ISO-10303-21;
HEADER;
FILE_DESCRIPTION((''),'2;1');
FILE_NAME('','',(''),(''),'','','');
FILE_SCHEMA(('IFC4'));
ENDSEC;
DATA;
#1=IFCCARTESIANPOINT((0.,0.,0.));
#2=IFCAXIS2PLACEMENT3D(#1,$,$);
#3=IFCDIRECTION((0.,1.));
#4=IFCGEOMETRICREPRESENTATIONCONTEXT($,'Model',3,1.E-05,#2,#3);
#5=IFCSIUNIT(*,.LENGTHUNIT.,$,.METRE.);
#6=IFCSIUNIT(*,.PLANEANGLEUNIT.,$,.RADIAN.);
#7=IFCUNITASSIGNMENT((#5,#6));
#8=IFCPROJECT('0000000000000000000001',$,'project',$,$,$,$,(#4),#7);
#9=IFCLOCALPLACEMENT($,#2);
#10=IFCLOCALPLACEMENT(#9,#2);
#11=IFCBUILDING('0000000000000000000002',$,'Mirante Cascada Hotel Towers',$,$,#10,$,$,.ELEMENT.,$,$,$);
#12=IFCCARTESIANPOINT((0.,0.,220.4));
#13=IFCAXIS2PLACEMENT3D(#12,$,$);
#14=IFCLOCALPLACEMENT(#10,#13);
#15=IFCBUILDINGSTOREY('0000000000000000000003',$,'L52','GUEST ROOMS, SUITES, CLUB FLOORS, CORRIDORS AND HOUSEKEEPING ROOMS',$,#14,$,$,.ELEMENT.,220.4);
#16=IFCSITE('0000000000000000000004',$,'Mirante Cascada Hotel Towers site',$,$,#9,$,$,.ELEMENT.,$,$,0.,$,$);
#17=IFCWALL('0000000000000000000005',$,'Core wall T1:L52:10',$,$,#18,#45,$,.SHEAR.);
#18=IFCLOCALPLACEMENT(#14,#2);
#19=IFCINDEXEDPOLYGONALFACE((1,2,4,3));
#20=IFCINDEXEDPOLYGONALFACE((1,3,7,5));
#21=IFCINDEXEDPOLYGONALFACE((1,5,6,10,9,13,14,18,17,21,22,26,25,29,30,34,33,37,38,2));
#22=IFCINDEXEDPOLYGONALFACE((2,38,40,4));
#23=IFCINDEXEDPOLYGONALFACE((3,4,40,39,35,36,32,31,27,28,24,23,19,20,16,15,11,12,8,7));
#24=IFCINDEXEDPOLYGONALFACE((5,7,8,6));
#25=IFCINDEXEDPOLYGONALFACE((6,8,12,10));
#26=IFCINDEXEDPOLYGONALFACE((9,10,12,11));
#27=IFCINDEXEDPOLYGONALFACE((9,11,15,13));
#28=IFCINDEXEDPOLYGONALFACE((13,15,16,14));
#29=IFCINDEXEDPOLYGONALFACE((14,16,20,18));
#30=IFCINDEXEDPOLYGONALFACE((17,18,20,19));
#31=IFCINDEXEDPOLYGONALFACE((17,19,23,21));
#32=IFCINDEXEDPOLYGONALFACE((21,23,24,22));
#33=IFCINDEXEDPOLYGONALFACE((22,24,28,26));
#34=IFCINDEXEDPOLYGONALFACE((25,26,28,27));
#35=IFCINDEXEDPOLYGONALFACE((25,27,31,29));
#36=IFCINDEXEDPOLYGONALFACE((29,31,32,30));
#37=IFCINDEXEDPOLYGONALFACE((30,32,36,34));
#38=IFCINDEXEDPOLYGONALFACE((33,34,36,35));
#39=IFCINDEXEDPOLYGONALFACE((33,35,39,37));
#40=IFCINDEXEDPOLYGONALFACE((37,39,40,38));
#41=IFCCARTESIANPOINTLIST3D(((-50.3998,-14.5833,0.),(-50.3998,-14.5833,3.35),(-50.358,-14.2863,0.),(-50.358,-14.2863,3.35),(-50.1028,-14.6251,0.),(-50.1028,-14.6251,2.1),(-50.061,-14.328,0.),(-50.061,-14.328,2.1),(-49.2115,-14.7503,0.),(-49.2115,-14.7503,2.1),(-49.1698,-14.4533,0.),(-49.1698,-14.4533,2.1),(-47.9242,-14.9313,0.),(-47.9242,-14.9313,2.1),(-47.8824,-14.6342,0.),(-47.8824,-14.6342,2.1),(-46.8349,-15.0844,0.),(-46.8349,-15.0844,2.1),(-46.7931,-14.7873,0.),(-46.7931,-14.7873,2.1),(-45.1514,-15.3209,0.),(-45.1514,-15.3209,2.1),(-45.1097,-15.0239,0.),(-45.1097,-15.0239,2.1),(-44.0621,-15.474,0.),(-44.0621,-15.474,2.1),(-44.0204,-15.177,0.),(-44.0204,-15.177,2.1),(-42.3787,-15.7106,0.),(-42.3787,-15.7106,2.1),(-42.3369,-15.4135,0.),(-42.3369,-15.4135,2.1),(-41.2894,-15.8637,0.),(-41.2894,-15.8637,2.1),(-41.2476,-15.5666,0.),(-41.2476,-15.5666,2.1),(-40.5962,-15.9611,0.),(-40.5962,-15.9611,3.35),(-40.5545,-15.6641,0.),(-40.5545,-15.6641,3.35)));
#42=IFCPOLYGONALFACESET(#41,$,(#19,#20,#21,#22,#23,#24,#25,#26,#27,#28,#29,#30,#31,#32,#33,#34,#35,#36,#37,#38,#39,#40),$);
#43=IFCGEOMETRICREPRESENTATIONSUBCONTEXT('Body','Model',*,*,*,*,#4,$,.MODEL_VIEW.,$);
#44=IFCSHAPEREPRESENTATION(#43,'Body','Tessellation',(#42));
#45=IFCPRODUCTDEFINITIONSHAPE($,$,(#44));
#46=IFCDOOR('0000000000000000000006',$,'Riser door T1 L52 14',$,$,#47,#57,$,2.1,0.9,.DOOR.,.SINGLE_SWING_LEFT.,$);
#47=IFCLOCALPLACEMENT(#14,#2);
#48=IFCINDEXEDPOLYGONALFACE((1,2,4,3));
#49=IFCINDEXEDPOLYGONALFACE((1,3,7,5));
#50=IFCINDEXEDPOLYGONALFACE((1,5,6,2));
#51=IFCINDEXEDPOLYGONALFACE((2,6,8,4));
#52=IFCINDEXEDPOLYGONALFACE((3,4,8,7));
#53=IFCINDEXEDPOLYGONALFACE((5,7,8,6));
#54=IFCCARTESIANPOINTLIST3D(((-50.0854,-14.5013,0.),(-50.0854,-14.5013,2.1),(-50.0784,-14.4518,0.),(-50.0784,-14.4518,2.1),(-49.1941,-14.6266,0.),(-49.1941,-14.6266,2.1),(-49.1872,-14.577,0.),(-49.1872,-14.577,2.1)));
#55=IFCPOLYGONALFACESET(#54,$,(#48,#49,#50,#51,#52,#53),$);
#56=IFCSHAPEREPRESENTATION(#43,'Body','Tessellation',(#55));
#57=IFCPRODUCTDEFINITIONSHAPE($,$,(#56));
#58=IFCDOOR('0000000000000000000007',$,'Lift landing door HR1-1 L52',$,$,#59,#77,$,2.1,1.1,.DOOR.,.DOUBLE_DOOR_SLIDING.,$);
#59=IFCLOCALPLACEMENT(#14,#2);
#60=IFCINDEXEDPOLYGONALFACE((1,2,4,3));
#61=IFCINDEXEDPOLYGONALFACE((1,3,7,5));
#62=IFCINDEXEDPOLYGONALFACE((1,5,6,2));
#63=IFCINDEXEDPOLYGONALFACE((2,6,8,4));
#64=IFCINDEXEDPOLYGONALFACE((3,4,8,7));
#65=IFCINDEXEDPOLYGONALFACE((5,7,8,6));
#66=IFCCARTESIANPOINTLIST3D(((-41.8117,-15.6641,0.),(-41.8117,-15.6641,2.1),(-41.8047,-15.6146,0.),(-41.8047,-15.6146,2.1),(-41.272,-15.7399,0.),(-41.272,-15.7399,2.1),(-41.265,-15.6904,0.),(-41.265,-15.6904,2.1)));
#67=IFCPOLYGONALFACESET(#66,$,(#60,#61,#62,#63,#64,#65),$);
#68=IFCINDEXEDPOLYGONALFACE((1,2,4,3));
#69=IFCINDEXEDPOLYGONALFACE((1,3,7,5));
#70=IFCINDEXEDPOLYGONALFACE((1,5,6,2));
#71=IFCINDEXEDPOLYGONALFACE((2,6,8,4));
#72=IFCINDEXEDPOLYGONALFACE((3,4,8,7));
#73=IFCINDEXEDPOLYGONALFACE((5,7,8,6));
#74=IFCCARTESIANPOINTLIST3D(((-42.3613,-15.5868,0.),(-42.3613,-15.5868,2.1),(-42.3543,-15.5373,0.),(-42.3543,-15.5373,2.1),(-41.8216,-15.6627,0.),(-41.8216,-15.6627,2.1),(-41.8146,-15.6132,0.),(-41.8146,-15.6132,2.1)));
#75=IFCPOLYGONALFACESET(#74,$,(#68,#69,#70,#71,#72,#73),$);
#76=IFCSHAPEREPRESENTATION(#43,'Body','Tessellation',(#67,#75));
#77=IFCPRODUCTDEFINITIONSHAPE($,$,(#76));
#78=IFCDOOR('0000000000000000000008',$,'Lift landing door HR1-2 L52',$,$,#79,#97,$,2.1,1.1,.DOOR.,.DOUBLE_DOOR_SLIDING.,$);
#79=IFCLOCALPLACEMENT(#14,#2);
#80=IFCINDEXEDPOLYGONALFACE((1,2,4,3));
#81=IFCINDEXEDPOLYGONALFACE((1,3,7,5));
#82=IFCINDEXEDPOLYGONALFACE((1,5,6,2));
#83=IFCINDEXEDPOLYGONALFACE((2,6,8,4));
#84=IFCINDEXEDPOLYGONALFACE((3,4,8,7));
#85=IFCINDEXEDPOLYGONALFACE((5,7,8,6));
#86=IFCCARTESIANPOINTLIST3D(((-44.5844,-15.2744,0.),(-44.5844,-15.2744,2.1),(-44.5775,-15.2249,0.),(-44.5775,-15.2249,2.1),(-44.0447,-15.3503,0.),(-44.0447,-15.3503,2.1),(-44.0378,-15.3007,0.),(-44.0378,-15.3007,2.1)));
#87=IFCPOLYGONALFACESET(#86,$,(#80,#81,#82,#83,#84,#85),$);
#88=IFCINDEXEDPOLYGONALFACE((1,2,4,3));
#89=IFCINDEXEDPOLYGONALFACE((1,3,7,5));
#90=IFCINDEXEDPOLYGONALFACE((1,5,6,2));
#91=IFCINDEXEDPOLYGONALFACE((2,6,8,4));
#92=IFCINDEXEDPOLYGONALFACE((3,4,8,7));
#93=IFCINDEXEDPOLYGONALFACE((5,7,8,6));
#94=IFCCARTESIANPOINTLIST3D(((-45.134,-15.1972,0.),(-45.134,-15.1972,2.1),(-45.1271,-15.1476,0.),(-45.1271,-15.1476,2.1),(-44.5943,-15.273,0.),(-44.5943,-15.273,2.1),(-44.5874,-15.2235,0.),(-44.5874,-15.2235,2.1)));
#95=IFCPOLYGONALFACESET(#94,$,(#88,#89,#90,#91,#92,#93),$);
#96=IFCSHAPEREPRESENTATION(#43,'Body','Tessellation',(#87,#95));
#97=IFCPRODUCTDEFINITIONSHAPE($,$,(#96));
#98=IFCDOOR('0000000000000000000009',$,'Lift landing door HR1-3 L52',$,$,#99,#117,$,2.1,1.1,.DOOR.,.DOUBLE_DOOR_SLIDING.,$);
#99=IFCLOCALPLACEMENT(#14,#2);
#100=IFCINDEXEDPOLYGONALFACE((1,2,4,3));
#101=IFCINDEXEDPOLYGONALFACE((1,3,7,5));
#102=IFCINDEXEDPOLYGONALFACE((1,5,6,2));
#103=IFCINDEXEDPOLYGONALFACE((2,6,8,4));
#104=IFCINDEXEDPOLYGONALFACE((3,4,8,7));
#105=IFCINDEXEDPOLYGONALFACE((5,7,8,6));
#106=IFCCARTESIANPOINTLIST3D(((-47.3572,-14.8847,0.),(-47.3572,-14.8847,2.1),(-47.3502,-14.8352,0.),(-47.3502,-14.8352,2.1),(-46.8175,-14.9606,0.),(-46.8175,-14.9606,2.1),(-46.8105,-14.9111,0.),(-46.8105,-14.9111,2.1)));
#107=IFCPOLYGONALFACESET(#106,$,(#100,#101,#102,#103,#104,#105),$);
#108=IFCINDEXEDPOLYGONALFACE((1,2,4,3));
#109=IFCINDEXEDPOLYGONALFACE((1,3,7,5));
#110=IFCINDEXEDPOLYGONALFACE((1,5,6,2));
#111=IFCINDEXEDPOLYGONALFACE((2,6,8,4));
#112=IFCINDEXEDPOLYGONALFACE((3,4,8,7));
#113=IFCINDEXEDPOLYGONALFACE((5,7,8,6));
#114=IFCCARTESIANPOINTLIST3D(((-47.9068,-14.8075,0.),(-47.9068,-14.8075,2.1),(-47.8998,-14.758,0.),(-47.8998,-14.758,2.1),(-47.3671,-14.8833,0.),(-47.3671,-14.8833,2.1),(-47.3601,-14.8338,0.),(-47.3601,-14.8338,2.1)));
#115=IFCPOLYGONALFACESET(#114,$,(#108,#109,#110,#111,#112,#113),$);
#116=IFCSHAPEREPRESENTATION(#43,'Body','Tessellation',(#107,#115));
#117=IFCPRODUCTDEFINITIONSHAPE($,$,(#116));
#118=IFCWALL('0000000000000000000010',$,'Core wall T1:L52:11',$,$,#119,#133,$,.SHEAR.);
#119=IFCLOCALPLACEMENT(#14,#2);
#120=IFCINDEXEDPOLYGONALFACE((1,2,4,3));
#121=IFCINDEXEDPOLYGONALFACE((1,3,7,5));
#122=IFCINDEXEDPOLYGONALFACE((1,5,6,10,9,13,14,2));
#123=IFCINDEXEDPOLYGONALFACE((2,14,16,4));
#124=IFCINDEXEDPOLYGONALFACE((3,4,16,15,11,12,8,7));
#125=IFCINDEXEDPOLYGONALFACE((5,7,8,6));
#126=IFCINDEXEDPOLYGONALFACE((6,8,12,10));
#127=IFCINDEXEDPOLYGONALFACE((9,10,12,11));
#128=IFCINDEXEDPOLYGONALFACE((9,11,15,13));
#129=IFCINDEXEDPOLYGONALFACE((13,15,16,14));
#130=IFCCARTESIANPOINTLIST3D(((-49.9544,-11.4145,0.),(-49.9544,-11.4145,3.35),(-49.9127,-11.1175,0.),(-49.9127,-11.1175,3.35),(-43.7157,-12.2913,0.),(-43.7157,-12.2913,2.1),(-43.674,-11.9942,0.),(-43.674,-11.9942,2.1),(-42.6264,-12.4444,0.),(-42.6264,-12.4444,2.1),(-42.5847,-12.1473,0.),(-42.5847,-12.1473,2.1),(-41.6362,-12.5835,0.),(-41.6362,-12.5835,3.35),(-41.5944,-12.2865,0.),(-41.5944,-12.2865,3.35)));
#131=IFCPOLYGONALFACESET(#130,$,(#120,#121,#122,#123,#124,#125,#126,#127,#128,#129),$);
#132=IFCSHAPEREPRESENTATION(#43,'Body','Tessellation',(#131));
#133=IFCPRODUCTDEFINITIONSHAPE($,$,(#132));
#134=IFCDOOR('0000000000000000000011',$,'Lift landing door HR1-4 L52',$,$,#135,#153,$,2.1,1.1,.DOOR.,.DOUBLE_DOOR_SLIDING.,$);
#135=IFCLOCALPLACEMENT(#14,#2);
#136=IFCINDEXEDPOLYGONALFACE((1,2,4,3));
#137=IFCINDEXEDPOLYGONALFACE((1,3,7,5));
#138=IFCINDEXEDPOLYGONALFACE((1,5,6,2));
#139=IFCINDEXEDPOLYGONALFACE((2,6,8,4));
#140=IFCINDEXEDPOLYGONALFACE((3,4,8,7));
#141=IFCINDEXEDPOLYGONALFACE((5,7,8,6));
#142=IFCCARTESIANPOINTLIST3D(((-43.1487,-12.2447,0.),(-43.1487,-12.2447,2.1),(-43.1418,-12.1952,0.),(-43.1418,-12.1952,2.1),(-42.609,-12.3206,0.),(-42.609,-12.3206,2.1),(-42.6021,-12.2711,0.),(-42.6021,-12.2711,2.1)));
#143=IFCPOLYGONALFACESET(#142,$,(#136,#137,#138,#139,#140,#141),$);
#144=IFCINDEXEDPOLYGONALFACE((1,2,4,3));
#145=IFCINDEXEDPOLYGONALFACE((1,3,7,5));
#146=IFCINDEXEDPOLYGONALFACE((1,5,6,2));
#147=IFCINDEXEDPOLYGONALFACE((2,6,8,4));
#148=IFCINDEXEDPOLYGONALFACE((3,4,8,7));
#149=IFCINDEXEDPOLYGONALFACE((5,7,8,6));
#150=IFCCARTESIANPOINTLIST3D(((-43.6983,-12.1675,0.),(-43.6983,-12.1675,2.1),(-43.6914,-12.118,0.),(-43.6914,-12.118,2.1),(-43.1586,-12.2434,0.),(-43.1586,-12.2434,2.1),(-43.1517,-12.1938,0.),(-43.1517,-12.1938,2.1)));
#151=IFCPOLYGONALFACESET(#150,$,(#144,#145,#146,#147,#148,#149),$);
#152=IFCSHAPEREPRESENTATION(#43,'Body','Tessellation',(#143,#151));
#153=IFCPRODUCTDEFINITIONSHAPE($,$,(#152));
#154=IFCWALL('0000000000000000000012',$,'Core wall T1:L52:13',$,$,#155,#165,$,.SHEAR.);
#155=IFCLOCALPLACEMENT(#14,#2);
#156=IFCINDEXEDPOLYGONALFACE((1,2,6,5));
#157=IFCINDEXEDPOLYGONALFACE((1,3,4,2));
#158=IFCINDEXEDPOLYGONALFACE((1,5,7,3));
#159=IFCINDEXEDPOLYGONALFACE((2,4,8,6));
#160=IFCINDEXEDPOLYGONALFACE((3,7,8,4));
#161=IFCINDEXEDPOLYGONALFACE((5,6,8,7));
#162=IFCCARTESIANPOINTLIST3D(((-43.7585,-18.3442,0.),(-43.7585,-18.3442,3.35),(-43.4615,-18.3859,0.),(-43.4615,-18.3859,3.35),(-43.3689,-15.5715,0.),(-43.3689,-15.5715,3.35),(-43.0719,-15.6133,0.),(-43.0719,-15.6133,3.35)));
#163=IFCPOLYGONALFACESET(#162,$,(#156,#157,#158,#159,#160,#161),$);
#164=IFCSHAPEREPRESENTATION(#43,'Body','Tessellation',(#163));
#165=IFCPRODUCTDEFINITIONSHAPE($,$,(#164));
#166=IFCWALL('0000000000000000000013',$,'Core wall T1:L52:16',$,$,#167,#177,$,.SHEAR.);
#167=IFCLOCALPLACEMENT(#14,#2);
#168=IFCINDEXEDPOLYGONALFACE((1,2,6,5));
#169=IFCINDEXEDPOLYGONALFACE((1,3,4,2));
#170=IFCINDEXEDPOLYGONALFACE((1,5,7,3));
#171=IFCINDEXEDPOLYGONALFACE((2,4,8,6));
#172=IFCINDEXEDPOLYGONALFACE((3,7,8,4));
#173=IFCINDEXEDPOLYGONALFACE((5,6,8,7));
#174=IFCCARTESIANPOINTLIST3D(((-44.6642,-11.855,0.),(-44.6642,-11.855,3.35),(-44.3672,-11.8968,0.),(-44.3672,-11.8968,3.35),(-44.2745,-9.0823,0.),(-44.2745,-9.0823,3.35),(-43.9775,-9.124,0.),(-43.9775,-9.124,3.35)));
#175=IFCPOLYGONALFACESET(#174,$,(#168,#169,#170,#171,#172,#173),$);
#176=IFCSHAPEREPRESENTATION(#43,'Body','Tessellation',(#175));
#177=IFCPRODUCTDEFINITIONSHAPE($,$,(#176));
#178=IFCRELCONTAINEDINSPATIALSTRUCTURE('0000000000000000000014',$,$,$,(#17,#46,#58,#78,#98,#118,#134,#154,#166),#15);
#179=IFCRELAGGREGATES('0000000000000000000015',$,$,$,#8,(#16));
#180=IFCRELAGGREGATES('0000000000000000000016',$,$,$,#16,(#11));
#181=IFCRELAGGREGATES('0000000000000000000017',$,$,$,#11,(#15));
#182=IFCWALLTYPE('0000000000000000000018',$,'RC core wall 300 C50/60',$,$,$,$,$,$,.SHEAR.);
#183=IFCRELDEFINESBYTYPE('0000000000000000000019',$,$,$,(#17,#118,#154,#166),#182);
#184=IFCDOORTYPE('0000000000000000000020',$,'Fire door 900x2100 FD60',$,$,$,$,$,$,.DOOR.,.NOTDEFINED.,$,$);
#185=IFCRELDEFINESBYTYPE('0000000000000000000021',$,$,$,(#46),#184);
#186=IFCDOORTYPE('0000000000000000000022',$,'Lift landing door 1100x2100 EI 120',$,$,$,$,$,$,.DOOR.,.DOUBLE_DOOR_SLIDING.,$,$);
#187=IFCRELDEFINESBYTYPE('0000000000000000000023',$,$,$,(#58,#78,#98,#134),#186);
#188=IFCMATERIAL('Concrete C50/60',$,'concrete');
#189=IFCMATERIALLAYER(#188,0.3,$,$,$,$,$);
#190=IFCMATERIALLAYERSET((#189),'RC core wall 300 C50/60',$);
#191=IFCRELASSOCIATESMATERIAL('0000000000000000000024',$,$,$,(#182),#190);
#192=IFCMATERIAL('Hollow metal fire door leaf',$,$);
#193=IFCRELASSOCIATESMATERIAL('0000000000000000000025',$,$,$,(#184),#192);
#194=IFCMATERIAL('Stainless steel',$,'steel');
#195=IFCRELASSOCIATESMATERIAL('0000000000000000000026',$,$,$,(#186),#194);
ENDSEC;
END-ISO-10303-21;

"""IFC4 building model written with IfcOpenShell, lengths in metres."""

from ifc_helpers import new_model, si_unit, direction, frame, frame_2d, origin, place, context, subcontext, project, spatial, rectangle, extrude, material, layer, layer_set, type_object, element, fill, save


model = new_model("IFC4")

# Units and contexts
model_context = context("Model", 3, precision=1e-05, world=origin(), true_north=direction((0.0, 1.0)))
body_context = subcontext(model_context, "Body", "Model", "MODEL_VIEW")
ifc_project = project(units=[si_unit("LENGTHUNIT", "METRE"), si_unit("PLANEANGLEUNIT", "RADIAN")], contexts=[model_context])

# Site, building, storey
site_placement = place(None, origin())
site = spatial("IfcSite", under=ifc_project, at=site_placement, Name="Mirante Cascada Hotel Towers site", CompositionType="ELEMENT", RefElevation=0.0)
building_placement = place(site_placement, origin())
building = spatial("IfcBuilding", under=site, at=building_placement, Name="Mirante Cascada Hotel Towers", CompositionType="ELEMENT")
storey_placement = place(building_placement, frame((0.0, 0.0, 220.4)))
storey = spatial("IfcBuildingStorey", under=building, at=storey_placement, Name="L52", Description="GUEST ROOMS, SUITES, CLUB FLOORS, CORRIDORS AND HOUSEKEEPING ROOMS", CompositionType="ELEMENT", Elevation=220.4)

# Shared definitions
ifc_material_1 = material(Name="Concrete C50/60", Category="concrete")
ifc_layer_1 = layer(ifc_material_1, 0.3)
ifc_layer_set_1 = layer_set([ifc_layer_1], Name="RC core wall 300 C50/60")
wall_type_1 = type_object("IfcWallType", Name="RC core wall 300 C50/60", PredefinedType="SHEAR", material=ifc_layer_set_1)

# Wall, openings, doors
wall_1_placement = place(storey_placement, frame((-40.5753, -15.8126, 0.0), z_axis=(0.0, 0.0, 1.0), x_axis=(-0.990268, 0.139173, 0.0)))
wall_1 = element("IfcWall", 1, at=wall_1_placement, inside=storey, type_object=wall_type_1, Name="Core wall T1:L52:10", PredefinedType="SHEAR", context=body_context, shape_type="SweptSolid", body=[
    extrude(rectangle(XDim=9.8999, YDim=0.3, at=frame_2d((4.95, 0.0))), origin(), (0.0, 0.0, 1.0), 3.35),
])
opening_1_placement = place(wall_1_placement, frame((0.7, 0.0, 0.0)))
opening_1 = element("IfcOpeningElement", 2, at=opening_1_placement, cuts=wall_1, PredefinedType="OPENING", context=body_context, shape_type="SweptSolid", body=[
    extrude(rectangle(XDim=1.1, YDim=2.1, at=frame_2d((0.55, 1.05))), frame((0.0, 0.15, 0.0), z_axis=(0.0, -1.0, 0.0), x_axis=(1.0, 0.0, 0.0)), (0.0, 0.0, 1.0), 0.3),
])
opening_2_placement = place(wall_1_placement, frame((3.5, 0.0, 0.0)))
opening_2 = element("IfcOpeningElement", 3, at=opening_2_placement, cuts=wall_1, PredefinedType="OPENING", context=body_context, shape_type="SweptSolid", body=[
    extrude(rectangle(XDim=1.1, YDim=2.1, at=frame_2d((0.55, 1.05))), frame((0.0, 0.15, 0.0), z_axis=(0.0, -1.0, 0.0), x_axis=(1.0, 0.0, 0.0)), (0.0, 0.0, 1.0), 0.3),
])
opening_3_placement = place(wall_1_placement, frame((6.3, 0.0, 0.0)))
opening_3 = element("IfcOpeningElement", 4, at=opening_3_placement, cuts=wall_1, PredefinedType="OPENING", context=body_context, shape_type="SweptSolid", body=[
    extrude(rectangle(XDim=1.1, YDim=2.1, at=frame_2d((0.55, 1.05))), frame((0.0, 0.15, 0.0), z_axis=(0.0, -1.0, 0.0), x_axis=(1.0, 0.0, 0.0)), (0.0, 0.0, 1.0), 0.3),
])
opening_4_placement = place(wall_1_placement, frame((8.7, 0.0, 0.0)))
opening_4 = element("IfcOpeningElement", 5, at=opening_4_placement, cuts=wall_1, PredefinedType="OPENING", context=body_context, shape_type="SweptSolid", body=[
    extrude(rectangle(XDim=0.9, YDim=2.1, at=frame_2d((0.45, 1.05))), frame((0.0, 0.15, 0.0), z_axis=(0.0, -1.0, 0.0), x_axis=(1.0, 0.0, 0.0)), (0.0, 0.0, 1.0), 0.3),
])
ifc_material_2 = material(Name="Hollow metal fire door leaf")
door_type_1 = type_object("IfcDoorType", Name="Fire door 900x2100 FD60", OperationType="NOTDEFINED", PredefinedType="DOOR", material=ifc_material_2)
door_1_placement = place(opening_4_placement, origin())
door_1 = element("IfcDoor", 6, at=door_1_placement, inside=storey, type_object=door_type_1, Name="Riser door T1 L52 14", OperationType="SINGLE_SWING_LEFT", OverallHeight=2.1, OverallWidth=0.9, PredefinedType="DOOR", context=body_context, shape_type="SweptSolid", body=[
    extrude(rectangle(XDim=0.9, YDim=2.1, at=frame_2d((0.45, 1.05))), frame((0.0, 0.025, 0.0), z_axis=(0.0, -1.0, 0.0), x_axis=(1.0, 0.0, 0.0)), (0.0, 0.0, 1.0), 0.05),
])
fill(opening_4, door_1)
ifc_material_3 = material(Name="Stainless steel", Category="steel")
door_type_2 = type_object("IfcDoorType", Name="Lift landing door 1100x2100 EI 120", OperationType="DOUBLE_DOOR_SLIDING", PredefinedType="DOOR", material=ifc_material_3)
door_2_placement = place(opening_1_placement, origin())
door_2 = element("IfcDoor", 7, at=door_2_placement, inside=storey, type_object=door_type_2, Name="Lift landing door HR1-1 L52", OperationType="DOUBLE_DOOR_SLIDING", OverallHeight=2.1, OverallWidth=1.1, PredefinedType="DOOR", context=body_context, shape_type="SweptSolid", body=[
    extrude(rectangle(XDim=0.545, YDim=2.1, at=frame_2d((0.2725, 1.05))), frame((0.0, 0.025, 0.0), z_axis=(0.0, -1.0, 0.0), x_axis=(1.0, 0.0, 0.0)), (0.0, 0.0, 1.0), 0.05),
    extrude(rectangle(XDim=0.545, YDim=2.1, at=frame_2d((0.8275, 1.05))), frame((0.0, 0.025, 0.0), z_axis=(0.0, -1.0, 0.0), x_axis=(1.0, 0.0, 0.0)), (0.0, 0.0, 1.0), 0.05),
])
fill(opening_1, door_2)
door_3_placement = place(opening_2_placement, origin())
door_3 = element("IfcDoor", 8, at=door_3_placement, inside=storey, type_object=door_type_2, Name="Lift landing door HR1-2 L52", OperationType="DOUBLE_DOOR_SLIDING", OverallHeight=2.1, OverallWidth=1.1, PredefinedType="DOOR", context=body_context, shape_type="SweptSolid", body=[
    extrude(rectangle(XDim=0.545, YDim=2.1, at=frame_2d((0.2725, 1.05))), frame((0.0, 0.025, 0.0), z_axis=(0.0, -1.0, 0.0), x_axis=(1.0, 0.0, 0.0)), (0.0, 0.0, 1.0), 0.05),
    extrude(rectangle(XDim=0.545, YDim=2.1, at=frame_2d((0.8275, 1.05))), frame((0.0, 0.025, 0.0), z_axis=(0.0, -1.0, 0.0), x_axis=(1.0, 0.0, 0.0)), (0.0, 0.0, 1.0), 0.05),
])
fill(opening_2, door_3)
door_4_placement = place(opening_3_placement, origin())
door_4 = element("IfcDoor", 9, at=door_4_placement, inside=storey, type_object=door_type_2, Name="Lift landing door HR1-3 L52", OperationType="DOUBLE_DOOR_SLIDING", OverallHeight=2.1, OverallWidth=1.1, PredefinedType="DOOR", context=body_context, shape_type="SweptSolid", body=[
    extrude(rectangle(XDim=0.545, YDim=2.1, at=frame_2d((0.2725, 1.05))), frame((0.0, 0.025, 0.0), z_axis=(0.0, -1.0, 0.0), x_axis=(1.0, 0.0, 0.0)), (0.0, 0.0, 1.0), 0.05),
    extrude(rectangle(XDim=0.545, YDim=2.1, at=frame_2d((0.8275, 1.05))), frame((0.0, 0.025, 0.0), z_axis=(0.0, -1.0, 0.0), x_axis=(1.0, 0.0, 0.0)), (0.0, 0.0, 1.0), 0.05),
])
fill(opening_3, door_4)

# Wall, opening, door
wall_2_placement = place(storey_placement, frame((-41.6153, -12.435, 0.0), z_axis=(0.0, 0.0, 1.0), x_axis=(-0.990269, 0.139166, 0.0)))
wall_2 = element("IfcWall", 10, at=wall_2_placement, inside=storey, type_object=wall_type_1, Name="Core wall T1:L52:11", PredefinedType="SHEAR", context=body_context, shape_type="SweptSolid", body=[
    extrude(rectangle(XDim=8.4, YDim=0.3, at=frame_2d((4.2, 0.0))), origin(), (0.0, 0.0, 1.0), 3.35),
])
opening_5_placement = place(wall_2_placement, frame((1.0, 0.0, 0.0)))
opening_5 = element("IfcOpeningElement", 11, at=opening_5_placement, cuts=wall_2, PredefinedType="OPENING", context=body_context, shape_type="SweptSolid", body=[
    extrude(rectangle(XDim=1.1, YDim=2.1, at=frame_2d((0.55, 1.05))), frame((0.0, 0.15, 0.0), z_axis=(0.0, -1.0, 0.0), x_axis=(1.0, 0.0, 0.0)), (0.0, 0.0, 1.0), 0.3),
])
door_5_placement = place(opening_5_placement, origin())
door_5 = element("IfcDoor", 12, at=door_5_placement, inside=storey, type_object=door_type_2, Name="Lift landing door HR1-4 L52", OperationType="DOUBLE_DOOR_SLIDING", OverallHeight=2.1, OverallWidth=1.1, PredefinedType="DOOR", context=body_context, shape_type="SweptSolid", body=[
    extrude(rectangle(XDim=0.545, YDim=2.1, at=frame_2d((0.2725, 1.05))), frame((0.0, 0.025, 0.0), z_axis=(0.0, -1.0, 0.0), x_axis=(1.0, 0.0, 0.0)), (0.0, 0.0, 1.0), 0.05),
    extrude(rectangle(XDim=0.545, YDim=2.1, at=frame_2d((0.8275, 1.05))), frame((0.0, 0.025, 0.0), z_axis=(0.0, -1.0, 0.0), x_axis=(1.0, 0.0, 0.0)), (0.0, 0.0, 1.0), 0.05),
])
fill(opening_5, door_5)

# Walls
wall_3_placement = place(storey_placement, frame((-43.61, -18.3651, 0.0), z_axis=(0.0, 0.0, 1.0), x_axis=(0.139146, 0.990272, 0.0)))
element("IfcWall", 13, at=wall_3_placement, inside=storey, type_object=wall_type_1, Name="Core wall T1:L52:13", PredefinedType="SHEAR", context=body_context, shape_type="SweptSolid", body=[
    extrude(rectangle(XDim=2.7999, YDim=0.3, at=frame_2d((1.4, 0.0))), origin(), (0.0, 0.0, 1.0), 3.35),
])
wall_4_placement = place(storey_placement, frame((-44.5157, -11.8759, 0.0), z_axis=(0.0, 0.0, 1.0), x_axis=(0.139181, 0.990267, 0.0)))
element("IfcWall", 14, at=wall_4_placement, inside=storey, type_object=wall_type_1, Name="Core wall T1:L52:16", PredefinedType="SHEAR", context=body_context, shape_type="SweptSolid", body=[
    extrude(rectangle(XDim=2.8, YDim=0.3, at=frame_2d((1.4, 0.0))), origin(), (0.0, 0.0, 1.0), 3.35),
])

save(model, "model.ifc")
